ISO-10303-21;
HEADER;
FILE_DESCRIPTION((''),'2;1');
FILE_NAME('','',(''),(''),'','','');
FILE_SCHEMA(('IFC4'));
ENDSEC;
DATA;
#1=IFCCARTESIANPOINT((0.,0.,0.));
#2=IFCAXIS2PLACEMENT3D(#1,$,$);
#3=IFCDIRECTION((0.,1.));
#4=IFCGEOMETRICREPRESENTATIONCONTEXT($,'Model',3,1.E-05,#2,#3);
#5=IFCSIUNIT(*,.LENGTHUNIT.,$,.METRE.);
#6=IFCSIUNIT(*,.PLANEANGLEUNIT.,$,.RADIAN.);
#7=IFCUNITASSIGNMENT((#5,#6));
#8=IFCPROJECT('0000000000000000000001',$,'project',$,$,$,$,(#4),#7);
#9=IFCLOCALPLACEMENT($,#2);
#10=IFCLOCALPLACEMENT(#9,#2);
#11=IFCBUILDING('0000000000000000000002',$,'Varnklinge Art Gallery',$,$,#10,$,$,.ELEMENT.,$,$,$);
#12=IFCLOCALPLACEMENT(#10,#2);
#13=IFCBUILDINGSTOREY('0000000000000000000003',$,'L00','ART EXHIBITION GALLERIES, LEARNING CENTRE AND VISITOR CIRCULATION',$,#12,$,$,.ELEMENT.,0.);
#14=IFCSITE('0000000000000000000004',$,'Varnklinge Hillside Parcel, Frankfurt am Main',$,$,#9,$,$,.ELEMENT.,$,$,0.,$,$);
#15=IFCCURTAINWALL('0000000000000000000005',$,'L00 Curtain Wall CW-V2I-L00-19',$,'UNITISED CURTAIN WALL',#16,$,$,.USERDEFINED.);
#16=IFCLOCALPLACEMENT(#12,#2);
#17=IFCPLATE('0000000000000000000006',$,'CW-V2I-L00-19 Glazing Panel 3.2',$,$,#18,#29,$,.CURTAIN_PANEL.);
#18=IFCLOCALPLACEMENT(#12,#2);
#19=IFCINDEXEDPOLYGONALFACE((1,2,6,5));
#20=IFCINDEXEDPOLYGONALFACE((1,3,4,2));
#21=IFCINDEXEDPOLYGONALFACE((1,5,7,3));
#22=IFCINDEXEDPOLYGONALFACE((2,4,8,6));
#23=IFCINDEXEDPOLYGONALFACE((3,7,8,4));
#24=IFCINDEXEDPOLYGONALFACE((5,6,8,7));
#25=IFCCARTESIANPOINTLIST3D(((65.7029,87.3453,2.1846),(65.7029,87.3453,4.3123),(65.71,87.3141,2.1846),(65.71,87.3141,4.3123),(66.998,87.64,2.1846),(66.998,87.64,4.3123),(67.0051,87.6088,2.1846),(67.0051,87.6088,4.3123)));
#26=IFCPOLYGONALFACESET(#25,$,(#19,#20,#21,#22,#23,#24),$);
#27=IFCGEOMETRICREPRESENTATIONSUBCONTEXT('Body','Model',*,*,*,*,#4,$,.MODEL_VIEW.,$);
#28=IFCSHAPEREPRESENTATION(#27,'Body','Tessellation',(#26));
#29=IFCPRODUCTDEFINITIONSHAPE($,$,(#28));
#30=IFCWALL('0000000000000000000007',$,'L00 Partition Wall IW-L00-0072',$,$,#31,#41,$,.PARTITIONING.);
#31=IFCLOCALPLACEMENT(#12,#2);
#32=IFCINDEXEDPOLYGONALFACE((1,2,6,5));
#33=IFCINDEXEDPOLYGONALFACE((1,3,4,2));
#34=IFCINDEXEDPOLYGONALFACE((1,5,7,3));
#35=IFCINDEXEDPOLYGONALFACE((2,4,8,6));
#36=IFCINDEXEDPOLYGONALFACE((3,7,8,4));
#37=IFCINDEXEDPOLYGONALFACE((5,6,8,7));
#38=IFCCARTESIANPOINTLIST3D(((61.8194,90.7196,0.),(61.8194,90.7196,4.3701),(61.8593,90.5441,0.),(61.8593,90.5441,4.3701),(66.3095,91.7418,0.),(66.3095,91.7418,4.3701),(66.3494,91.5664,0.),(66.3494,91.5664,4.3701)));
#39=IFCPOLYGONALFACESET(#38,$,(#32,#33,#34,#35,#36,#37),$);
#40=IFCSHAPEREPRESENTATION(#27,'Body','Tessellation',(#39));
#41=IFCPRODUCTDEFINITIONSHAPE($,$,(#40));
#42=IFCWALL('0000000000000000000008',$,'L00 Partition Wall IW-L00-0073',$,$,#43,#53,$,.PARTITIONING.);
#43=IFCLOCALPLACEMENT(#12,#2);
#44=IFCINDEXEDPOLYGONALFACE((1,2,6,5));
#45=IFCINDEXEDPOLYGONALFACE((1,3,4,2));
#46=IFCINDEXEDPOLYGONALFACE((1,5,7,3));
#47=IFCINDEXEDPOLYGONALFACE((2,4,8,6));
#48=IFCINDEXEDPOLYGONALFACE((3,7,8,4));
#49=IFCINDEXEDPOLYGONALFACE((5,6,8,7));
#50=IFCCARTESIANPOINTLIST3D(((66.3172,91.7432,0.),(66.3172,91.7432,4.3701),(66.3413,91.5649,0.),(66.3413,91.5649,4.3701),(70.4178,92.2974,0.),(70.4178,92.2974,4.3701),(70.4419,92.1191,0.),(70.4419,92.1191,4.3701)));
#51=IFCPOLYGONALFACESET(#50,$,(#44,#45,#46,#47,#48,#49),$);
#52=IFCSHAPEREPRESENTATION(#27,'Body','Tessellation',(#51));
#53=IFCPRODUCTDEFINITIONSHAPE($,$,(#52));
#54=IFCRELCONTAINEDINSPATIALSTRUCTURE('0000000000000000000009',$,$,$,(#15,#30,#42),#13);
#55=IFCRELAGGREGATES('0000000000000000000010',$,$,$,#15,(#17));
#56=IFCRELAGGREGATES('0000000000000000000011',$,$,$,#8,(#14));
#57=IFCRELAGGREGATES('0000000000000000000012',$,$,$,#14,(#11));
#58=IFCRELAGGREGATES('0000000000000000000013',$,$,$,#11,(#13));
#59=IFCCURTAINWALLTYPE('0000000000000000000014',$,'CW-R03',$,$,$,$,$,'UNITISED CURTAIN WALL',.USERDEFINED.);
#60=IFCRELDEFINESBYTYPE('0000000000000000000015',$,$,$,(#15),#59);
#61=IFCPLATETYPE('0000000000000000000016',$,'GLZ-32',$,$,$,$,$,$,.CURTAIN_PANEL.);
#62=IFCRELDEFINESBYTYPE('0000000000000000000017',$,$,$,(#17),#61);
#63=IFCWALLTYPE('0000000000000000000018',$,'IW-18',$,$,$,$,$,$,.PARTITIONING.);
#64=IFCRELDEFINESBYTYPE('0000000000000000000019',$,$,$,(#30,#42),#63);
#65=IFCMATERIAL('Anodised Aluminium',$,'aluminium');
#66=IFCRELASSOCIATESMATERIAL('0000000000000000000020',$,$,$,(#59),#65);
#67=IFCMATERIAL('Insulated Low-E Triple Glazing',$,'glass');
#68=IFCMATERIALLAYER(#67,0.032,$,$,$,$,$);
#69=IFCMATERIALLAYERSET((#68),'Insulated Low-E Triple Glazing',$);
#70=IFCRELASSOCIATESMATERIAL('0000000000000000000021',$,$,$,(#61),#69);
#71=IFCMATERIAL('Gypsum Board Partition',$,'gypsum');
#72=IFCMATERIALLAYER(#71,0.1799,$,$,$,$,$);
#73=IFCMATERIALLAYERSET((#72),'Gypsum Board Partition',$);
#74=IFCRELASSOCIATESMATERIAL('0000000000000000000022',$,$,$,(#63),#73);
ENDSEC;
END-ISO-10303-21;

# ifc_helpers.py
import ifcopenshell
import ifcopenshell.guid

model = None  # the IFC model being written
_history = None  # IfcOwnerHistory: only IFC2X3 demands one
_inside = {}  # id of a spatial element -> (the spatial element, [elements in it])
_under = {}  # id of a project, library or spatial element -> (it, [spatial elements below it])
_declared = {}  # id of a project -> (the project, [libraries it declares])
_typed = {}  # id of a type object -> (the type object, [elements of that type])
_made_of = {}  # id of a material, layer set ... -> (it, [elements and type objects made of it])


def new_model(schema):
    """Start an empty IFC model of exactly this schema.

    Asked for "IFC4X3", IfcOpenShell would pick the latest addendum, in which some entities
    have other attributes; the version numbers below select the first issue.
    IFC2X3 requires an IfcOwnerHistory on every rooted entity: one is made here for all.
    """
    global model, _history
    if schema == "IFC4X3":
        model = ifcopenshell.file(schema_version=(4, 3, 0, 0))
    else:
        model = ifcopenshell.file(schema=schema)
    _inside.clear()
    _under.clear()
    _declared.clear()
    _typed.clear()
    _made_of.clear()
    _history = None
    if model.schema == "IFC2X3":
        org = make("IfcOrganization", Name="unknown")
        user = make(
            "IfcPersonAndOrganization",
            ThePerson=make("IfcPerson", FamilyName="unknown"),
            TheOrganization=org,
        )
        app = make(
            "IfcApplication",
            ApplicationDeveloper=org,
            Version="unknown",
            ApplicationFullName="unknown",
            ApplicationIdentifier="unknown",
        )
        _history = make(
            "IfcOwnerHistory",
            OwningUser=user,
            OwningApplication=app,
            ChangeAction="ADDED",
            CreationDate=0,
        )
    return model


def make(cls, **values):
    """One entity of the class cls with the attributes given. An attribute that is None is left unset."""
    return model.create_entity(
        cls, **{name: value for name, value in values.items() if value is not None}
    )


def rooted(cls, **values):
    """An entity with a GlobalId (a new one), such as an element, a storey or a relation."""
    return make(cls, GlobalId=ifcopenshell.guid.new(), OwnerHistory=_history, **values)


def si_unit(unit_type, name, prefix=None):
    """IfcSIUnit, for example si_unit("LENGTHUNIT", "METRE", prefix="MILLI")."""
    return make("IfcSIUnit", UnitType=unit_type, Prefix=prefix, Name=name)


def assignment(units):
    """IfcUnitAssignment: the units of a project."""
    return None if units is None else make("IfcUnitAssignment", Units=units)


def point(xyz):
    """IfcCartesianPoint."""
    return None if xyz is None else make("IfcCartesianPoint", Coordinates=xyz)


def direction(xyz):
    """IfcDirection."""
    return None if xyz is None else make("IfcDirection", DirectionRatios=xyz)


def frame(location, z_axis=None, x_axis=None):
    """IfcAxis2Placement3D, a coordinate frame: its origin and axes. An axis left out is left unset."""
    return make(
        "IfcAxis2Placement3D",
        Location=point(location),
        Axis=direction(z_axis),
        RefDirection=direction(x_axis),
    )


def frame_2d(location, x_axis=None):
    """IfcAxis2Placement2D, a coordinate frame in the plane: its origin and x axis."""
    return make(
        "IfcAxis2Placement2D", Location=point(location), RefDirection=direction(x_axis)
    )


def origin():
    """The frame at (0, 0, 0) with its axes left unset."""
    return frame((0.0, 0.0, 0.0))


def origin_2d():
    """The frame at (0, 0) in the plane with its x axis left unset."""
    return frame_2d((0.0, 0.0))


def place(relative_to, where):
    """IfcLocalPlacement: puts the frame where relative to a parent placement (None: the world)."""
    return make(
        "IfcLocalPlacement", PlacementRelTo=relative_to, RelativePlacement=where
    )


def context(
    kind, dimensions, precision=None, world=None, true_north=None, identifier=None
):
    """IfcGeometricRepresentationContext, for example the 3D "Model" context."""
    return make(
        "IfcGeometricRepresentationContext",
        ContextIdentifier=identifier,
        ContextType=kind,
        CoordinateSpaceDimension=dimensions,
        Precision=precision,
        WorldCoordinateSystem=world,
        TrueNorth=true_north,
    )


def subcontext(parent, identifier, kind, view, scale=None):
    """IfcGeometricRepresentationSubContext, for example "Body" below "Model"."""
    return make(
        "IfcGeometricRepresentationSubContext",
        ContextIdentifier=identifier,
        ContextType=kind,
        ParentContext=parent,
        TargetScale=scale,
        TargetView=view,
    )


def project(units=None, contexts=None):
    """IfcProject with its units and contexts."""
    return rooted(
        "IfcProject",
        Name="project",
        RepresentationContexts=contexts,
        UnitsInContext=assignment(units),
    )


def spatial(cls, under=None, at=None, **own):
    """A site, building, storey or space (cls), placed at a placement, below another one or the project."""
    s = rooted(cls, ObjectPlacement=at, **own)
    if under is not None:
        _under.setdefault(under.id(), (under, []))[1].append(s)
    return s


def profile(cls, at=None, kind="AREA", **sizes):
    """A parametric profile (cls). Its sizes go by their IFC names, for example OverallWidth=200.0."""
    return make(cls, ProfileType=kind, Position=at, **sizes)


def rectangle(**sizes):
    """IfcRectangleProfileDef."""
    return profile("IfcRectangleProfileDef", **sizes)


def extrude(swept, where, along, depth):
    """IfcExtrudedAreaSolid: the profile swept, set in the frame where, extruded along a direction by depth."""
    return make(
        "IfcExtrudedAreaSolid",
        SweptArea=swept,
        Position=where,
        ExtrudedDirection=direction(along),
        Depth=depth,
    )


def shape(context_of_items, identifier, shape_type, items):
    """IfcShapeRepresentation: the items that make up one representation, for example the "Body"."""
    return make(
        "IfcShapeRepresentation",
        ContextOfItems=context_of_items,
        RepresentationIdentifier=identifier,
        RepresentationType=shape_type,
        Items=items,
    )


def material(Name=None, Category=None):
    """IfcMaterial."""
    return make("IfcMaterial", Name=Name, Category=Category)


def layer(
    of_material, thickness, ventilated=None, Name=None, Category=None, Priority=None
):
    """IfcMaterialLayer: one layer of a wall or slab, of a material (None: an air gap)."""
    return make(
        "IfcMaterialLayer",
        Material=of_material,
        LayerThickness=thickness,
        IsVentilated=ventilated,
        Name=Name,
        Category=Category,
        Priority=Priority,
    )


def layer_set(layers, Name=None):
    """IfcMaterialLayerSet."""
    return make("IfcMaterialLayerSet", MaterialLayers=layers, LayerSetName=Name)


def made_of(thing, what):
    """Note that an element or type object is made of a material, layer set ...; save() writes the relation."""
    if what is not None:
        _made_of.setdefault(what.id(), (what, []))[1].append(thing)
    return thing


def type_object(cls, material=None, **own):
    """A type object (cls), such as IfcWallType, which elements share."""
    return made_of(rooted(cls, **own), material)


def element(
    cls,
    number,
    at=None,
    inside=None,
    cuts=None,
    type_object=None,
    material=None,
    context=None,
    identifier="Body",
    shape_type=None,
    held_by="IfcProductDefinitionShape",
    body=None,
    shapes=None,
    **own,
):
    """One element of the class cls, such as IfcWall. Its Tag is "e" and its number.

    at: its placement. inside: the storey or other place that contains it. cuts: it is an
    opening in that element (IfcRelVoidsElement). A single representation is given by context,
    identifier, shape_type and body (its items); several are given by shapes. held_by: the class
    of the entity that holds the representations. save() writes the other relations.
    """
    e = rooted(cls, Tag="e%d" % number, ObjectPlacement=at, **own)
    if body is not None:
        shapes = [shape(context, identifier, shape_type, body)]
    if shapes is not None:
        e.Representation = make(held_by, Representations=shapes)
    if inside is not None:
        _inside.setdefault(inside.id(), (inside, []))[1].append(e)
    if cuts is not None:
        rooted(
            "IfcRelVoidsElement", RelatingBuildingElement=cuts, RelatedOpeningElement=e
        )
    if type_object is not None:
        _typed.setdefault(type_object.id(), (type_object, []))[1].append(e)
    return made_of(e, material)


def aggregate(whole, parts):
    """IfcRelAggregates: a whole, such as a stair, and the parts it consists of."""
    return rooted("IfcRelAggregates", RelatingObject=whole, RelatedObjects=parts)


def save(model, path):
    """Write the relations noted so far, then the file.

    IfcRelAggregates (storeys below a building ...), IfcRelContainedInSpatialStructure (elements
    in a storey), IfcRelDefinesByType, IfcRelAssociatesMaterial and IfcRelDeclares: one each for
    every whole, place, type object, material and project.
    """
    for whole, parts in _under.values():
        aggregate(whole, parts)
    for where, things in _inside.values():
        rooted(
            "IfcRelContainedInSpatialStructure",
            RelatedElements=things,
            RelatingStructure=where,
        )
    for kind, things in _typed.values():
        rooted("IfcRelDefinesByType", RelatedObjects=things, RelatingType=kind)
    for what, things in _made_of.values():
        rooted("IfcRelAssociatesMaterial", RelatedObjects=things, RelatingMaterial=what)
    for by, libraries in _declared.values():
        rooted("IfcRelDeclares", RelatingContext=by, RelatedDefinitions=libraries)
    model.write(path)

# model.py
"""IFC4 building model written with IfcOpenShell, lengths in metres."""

from ifc_helpers import new_model, si_unit, direction, frame, frame_2d, origin, origin_2d, place, context, subcontext, project, spatial, rectangle, extrude, material, layer, layer_set, type_object, element, aggregate, save


model = new_model("IFC4")

# Units and contexts
model_context = context("Model", 3, precision=1e-05, world=origin(), true_north=direction((0.0, 1.0)))
body_context = subcontext(model_context, "Body", "Model", "MODEL_VIEW")
ifc_project = project(units=[si_unit("LENGTHUNIT", "METRE"), si_unit("PLANEANGLEUNIT", "RADIAN")], contexts=[model_context])

# Site, building, storey
site_placement = place(None, origin())
site = spatial("IfcSite", under=ifc_project, at=site_placement, Name="Varnklinge Hillside Parcel, Frankfurt am Main", CompositionType="ELEMENT", RefElevation=0.0)
building_placement = place(site_placement, origin())
building = spatial("IfcBuilding", under=site, at=building_placement, Name="Varnklinge Art Gallery", CompositionType="ELEMENT")
storey_placement = place(building_placement, origin())
storey = spatial("IfcBuildingStorey", under=building, at=storey_placement, Name="L00", Description="ART EXHIBITION GALLERIES, LEARNING CENTRE AND VISITOR CIRCULATION", CompositionType="ELEMENT", Elevation=0.0)

# Curtain wall
ifc_material_1 = material(Name="Anodised Aluminium", Category="aluminium")
curtain_wall_type_1 = type_object("IfcCurtainWallType", Name="CW-R03", ElementType="UNITISED CURTAIN WALL", PredefinedType="USERDEFINED", material=ifc_material_1)
curtain_wall_1_placement = place(storey_placement, origin())
curtain_wall_1 = element("IfcCurtainWall", 1, at=curtain_wall_1_placement, inside=storey, type_object=curtain_wall_type_1, Name="L00 Curtain Wall CW-V2I-L00-19", ObjectType="UNITISED CURTAIN WALL", PredefinedType="USERDEFINED")

# Plate
ifc_material_2 = material(Name="Insulated Low-E Triple Glazing", Category="glass")
ifc_layer_1 = layer(ifc_material_2, 0.032)
ifc_layer_set_1 = layer_set([ifc_layer_1], Name="Insulated Low-E Triple Glazing")
plate_type = type_object("IfcPlateType", Name="GLZ-32", PredefinedType="CURTAIN_PANEL", material=ifc_layer_set_1)
plate_1_placement = place(storey_placement, frame((66.354, 87.4771, 2.1846), z_axis=(0.0, 0.0, 1.0), x_axis=(0.975072, 0.221889, 0.0)))
plate_1 = element("IfcPlate", 2, at=plate_1_placement, type_object=plate_type, Name="CW-V2I-L00-19 Glazing Panel 3.2", PredefinedType="CURTAIN_PANEL", context=body_context, shape_type="SweptSolid", body=[
    extrude(rectangle(XDim=1.3281, YDim=0.032, at=origin_2d()), origin(), (0.0, 0.0, 1.0), 2.1277),
])
aggregate(curtain_wall_1, [plate_1])

# Walls
ifc_material_3 = material(Name="Gypsum Board Partition", Category="gypsum")
ifc_layer_2 = layer(ifc_material_3, 0.1799)
ifc_layer_set_2 = layer_set([ifc_layer_2], Name="Gypsum Board Partition")
wall_type = type_object("IfcWallType", Name="IW-18", PredefinedType="PARTITIONING", material=ifc_layer_set_2)
wall_1_placement = place(storey_placement, frame((61.8394, 90.6318, 0.0), z_axis=(0.0, 0.0, 1.0), x_axis=(0.97505, 0.221985, 0.0)))
element("IfcWall", 3, at=wall_1_placement, inside=storey, type_object=wall_type, Name="L00 Partition Wall IW-L00-0072", PredefinedType="PARTITIONING", context=body_context, shape_type="SweptSolid", body=[
    extrude(rectangle(XDim=4.605, YDim=0.1799, at=frame_2d((2.3025, 0.0))), origin(), (0.0, 0.0, 1.0), 4.3701),
])
wall_2_placement = place(storey_placement, frame((66.3293, 91.6541, 0.0), z_axis=(0.0, 0.0, 1.0), x_axis=(0.99099, 0.133934, 0.0)))
element("IfcWall", 4, at=wall_2_placement, inside=storey, type_object=wall_type, Name="L00 Partition Wall IW-L00-0073", PredefinedType="PARTITIONING", context=body_context, shape_type="SweptSolid", body=[
    extrude(rectangle(XDim=4.1379, YDim=0.1799, at=frame_2d((2.0688, 0.0))), origin(), (0.0, 0.0, 1.0), 4.3701),
])

save(model, "model.ifc")
